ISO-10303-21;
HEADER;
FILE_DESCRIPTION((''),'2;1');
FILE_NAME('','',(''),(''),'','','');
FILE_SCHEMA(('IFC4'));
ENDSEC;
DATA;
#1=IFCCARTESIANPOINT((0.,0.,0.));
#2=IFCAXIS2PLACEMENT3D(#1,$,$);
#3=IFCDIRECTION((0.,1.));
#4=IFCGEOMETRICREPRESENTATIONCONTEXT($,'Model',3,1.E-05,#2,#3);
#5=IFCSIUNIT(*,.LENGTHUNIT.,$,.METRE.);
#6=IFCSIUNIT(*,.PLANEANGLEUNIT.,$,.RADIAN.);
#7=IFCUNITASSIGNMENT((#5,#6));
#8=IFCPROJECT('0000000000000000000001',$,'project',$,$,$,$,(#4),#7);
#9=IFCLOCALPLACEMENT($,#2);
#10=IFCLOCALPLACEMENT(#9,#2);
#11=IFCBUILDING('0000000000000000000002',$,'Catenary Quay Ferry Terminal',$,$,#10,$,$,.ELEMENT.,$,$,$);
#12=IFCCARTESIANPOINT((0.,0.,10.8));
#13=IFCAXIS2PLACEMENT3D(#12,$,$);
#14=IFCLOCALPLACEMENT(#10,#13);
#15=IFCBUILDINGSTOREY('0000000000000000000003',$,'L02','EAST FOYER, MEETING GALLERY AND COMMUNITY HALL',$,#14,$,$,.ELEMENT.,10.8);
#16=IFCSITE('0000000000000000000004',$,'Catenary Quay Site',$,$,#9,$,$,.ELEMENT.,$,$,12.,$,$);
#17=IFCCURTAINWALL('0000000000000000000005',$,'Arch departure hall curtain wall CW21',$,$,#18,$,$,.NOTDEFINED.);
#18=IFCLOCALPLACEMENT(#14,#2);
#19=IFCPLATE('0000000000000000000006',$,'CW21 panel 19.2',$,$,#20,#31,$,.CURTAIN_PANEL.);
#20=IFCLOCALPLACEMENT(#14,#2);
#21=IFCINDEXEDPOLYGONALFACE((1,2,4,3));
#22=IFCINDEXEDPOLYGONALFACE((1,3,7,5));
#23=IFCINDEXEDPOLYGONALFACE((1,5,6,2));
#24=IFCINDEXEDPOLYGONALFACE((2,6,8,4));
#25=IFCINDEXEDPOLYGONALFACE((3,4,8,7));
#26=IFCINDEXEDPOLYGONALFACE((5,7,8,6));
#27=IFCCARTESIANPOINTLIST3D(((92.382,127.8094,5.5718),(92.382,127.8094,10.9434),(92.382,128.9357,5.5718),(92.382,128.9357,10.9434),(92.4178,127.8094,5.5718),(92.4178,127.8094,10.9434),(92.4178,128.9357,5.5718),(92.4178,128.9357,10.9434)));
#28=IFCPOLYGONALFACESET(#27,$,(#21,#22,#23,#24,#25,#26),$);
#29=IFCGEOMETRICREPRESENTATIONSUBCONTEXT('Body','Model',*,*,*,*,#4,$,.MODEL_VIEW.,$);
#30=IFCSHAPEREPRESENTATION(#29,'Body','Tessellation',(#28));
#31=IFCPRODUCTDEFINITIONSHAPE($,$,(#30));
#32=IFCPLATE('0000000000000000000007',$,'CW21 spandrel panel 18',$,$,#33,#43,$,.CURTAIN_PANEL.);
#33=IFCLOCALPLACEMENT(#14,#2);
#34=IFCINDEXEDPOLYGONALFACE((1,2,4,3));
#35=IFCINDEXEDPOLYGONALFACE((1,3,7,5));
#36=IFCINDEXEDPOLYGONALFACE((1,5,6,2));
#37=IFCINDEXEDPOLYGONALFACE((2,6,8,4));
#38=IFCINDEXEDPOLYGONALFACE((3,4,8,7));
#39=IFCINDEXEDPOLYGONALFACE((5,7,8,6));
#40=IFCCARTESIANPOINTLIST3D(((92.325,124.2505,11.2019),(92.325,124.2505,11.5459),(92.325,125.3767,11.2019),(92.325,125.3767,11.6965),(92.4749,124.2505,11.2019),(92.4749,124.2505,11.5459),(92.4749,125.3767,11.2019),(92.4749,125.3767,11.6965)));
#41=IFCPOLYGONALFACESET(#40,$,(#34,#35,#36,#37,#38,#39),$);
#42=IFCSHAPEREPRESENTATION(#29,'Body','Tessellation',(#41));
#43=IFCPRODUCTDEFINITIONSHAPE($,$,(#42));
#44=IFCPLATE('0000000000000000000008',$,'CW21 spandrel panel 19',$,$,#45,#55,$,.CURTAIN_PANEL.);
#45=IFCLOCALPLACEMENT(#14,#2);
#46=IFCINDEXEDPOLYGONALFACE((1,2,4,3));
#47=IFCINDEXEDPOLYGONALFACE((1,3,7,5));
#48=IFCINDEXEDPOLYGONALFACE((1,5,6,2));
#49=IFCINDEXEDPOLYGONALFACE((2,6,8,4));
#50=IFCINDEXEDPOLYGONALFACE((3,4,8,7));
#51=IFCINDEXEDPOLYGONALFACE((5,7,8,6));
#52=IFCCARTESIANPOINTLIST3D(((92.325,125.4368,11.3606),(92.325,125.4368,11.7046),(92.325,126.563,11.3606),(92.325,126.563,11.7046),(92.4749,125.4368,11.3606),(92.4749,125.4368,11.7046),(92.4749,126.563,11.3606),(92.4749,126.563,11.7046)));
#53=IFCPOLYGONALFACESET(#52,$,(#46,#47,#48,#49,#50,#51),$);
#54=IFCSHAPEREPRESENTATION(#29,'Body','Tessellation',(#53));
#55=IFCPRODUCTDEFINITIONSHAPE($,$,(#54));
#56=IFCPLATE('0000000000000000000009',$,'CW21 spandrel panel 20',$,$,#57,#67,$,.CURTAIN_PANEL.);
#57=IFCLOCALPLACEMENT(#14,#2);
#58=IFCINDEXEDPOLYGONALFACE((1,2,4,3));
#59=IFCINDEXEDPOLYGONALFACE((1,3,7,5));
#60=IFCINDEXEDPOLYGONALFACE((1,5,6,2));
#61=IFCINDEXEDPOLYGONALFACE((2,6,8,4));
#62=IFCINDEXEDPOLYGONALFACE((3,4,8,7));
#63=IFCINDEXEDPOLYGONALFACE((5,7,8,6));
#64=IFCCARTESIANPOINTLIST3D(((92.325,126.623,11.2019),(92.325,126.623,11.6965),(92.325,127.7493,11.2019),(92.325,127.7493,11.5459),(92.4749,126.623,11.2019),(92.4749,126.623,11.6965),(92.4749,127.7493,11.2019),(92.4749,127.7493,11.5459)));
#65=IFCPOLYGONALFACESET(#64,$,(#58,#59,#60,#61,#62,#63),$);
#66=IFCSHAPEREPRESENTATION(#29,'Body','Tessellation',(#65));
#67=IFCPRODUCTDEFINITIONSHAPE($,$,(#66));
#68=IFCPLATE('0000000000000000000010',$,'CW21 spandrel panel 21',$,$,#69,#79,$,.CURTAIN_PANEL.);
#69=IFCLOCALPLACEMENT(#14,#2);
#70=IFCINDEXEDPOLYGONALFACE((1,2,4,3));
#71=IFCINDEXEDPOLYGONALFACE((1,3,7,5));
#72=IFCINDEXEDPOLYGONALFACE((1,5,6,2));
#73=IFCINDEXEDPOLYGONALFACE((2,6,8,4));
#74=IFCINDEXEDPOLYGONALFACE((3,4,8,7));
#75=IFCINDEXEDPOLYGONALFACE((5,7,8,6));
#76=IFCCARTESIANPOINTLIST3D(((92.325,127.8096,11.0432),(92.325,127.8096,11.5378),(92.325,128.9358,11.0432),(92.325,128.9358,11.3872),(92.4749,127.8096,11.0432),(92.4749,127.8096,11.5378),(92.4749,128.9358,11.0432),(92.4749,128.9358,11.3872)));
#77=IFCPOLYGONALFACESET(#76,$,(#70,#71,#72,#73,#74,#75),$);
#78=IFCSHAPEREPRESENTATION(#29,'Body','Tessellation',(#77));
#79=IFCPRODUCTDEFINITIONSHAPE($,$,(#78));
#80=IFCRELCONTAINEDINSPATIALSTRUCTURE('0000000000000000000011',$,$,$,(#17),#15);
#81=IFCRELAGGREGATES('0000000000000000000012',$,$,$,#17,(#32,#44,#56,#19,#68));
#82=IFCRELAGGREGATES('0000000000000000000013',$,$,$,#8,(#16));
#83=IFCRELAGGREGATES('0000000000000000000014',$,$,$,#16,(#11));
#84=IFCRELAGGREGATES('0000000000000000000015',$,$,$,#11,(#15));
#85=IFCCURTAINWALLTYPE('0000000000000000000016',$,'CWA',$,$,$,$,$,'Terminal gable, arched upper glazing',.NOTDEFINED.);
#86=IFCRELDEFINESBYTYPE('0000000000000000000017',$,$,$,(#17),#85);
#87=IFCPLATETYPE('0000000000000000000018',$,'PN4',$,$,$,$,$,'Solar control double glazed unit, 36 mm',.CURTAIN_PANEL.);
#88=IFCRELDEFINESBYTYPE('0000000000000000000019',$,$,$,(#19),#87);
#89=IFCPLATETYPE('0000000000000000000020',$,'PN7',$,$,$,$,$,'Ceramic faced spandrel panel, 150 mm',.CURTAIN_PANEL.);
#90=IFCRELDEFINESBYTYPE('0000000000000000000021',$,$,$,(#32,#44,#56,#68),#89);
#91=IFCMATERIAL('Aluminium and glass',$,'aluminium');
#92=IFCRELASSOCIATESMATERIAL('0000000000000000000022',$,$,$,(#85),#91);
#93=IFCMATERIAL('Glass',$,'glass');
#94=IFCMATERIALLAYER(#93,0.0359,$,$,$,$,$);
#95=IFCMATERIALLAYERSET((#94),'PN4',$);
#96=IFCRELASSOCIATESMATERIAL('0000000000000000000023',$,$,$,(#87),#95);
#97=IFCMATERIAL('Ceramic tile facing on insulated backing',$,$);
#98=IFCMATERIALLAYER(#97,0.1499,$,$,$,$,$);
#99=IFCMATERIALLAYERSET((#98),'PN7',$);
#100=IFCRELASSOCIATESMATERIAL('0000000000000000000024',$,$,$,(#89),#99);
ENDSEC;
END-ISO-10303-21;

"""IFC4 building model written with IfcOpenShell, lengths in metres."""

from ifc_helpers import new_model, si_unit, direction, frame, origin, origin_2d, place, context, subcontext, project, spatial, polyline, rectangle, outline, extrude, material, layer, layer_set, type_object, element, aggregate, save


model = new_model("IFC4")

# Units and contexts
model_context = context("Model", 3, precision=1e-05, world=origin(), true_north=direction((0.0, 1.0)))
body_context = subcontext(model_context, "Body", "Model", "MODEL_VIEW")
ifc_project = project(units=[si_unit("LENGTHUNIT", "METRE"), si_unit("PLANEANGLEUNIT", "RADIAN")], contexts=[model_context])

# Site, building, storey
site_placement = place(None, origin())
site = spatial("IfcSite", under=ifc_project, at=site_placement, Name="Catenary Quay Site", CompositionType="ELEMENT", RefElevation=12.0)
building_placement = place(site_placement, origin())
building = spatial("IfcBuilding", under=site, at=building_placement, Name="Catenary Quay Ferry Terminal", CompositionType="ELEMENT")
storey_placement = place(building_placement, frame((0.0, 0.0, 10.8)))
storey = spatial("IfcBuildingStorey", under=building, at=storey_placement, Name="L02", Description="EAST FOYER, MEETING GALLERY AND COMMUNITY HALL", CompositionType="ELEMENT", Elevation=10.8)

# Curtain wall, plates
ifc_material_1 = material(Name="Aluminium and glass", Category="aluminium")
curtain_wall_type = type_object("IfcCurtainWallType", Name="CWA", ElementType="Terminal gable, arched upper glazing", PredefinedType="NOTDEFINED", material=ifc_material_1)
curtain_wall_placement = place(storey_placement, origin())
curtain_wall = element("IfcCurtainWall", 1, at=curtain_wall_placement, inside=storey, type_object=curtain_wall_type, Name="Arch departure hall curtain wall CW21", PredefinedType="NOTDEFINED")
ifc_material_2 = material(Name="Glass", Category="glass")
ifc_layer_1 = layer(ifc_material_2, 0.0359)
ifc_layer_set_1 = layer_set([ifc_layer_1], Name="PN4")
plate_type_1 = type_object("IfcPlateType", Name="PN4", ElementType="Solar control double glazed unit, 36 mm", PredefinedType="CURTAIN_PANEL", material=ifc_layer_set_1)
plate_1_placement = place(storey_placement, frame((92.3999, 128.3726, 5.5718), z_axis=(0.0, 0.0, 1.0), x_axis=(0.0, 1.0, 0.0)))
plate_1 = element("IfcPlate", 2, at=plate_1_placement, type_object=plate_type_1, Name="CW21 panel 19.2", PredefinedType="CURTAIN_PANEL", context=body_context, shape_type="SweptSolid", body=[
    extrude(rectangle(XDim=1.1262, YDim=0.0359, at=origin_2d()), origin(), (0.0, 0.0, 1.0), 5.3716),
])
ifc_material_3 = material(Name="Ceramic tile facing on insulated backing")
ifc_layer_2 = layer(ifc_material_3, 0.1499)
ifc_layer_set_2 = layer_set([ifc_layer_2], Name="PN7")
plate_type_2 = type_object("IfcPlateType", Name="PN7", ElementType="Ceramic faced spandrel panel, 150 mm", PredefinedType="CURTAIN_PANEL", material=ifc_layer_set_2)
plate_2_placement = place(storey_placement, frame((92.3999, 124.2505, 11.2019), z_axis=(0.0, 0.0, 1.0), x_axis=(0.0, 1.0, 0.0)))
plate_2 = element("IfcPlate", 3, at=plate_2_placement, type_object=plate_type_2, Name="CW21 spandrel panel 18", PredefinedType="CURTAIN_PANEL", context=body_context, shape_type="SweptSolid", body=[
    extrude(outline(polyline([(0.0, 0.0), (1.1262, 0.0), (1.1262, 0.4946), (0.0, 0.344), (0.0, 0.0)])), frame((0.0, 0.075, 0.0), z_axis=(0.0, -1.0, 0.0), x_axis=(1.0, 0.0, 0.0)), (0.0, 0.0, 1.0), 0.1499),
])
plate_3_placement = place(storey_placement, frame((92.3999, 125.4368, 11.3606), z_axis=(0.0, 0.0, 1.0), x_axis=(0.0, 1.0, 0.0)))
plate_3 = element("IfcPlate", 4, at=plate_3_placement, type_object=plate_type_2, Name="CW21 spandrel panel 19", PredefinedType="CURTAIN_PANEL", context=body_context, shape_type="SweptSolid", body=[
    extrude(outline(polyline([(0.0, 0.0), (1.1262, 0.0), (1.1262, 0.344), (0.0, 0.344), (0.0, 0.0)])), frame((0.0, 0.075, 0.0), z_axis=(0.0, -1.0, 0.0), x_axis=(1.0, 0.0, 0.0)), (0.0, 0.0, 1.0), 0.1499),
])
plate_4_placement = place(storey_placement, frame((92.3999, 126.623, 11.2019), z_axis=(0.0, 0.0, 1.0), x_axis=(0.0, 1.0, 0.0)))
plate_4 = element("IfcPlate", 5, at=plate_4_placement, type_object=plate_type_2, Name="CW21 spandrel panel 20", PredefinedType="CURTAIN_PANEL", context=body_context, shape_type="SweptSolid", body=[
    extrude(outline(polyline([(0.0, 0.0), (1.1262, 0.0), (1.1262, 0.344), (0.0, 0.4946), (0.0, 0.0)])), frame((0.0, 0.075, 0.0), z_axis=(0.0, -1.0, 0.0), x_axis=(1.0, 0.0, 0.0)), (0.0, 0.0, 1.0), 0.1499),
])
plate_5_placement = place(storey_placement, frame((92.3999, 127.8096, 11.0432), z_axis=(0.0, 0.0, 1.0), x_axis=(0.0, 1.0, 0.0)))
plate_5 = element("IfcPlate", 6, at=plate_5_placement, type_object=plate_type_2, Name="CW21 spandrel panel 21", PredefinedType="CURTAIN_PANEL", context=body_context, shape_type="SweptSolid", body=[
    extrude(outline(polyline([(0.0, 0.0), (1.1262, 0.0), (1.1262, 0.344), (0.0, 0.4946), (0.0, 0.0)])), frame((0.0, 0.075, 0.0), z_axis=(0.0, -1.0, 0.0), x_axis=(1.0, 0.0, 0.0)), (0.0, 0.0, 1.0), 0.1499),
])
aggregate(curtain_wall, [plate_2, plate_3, plate_4, plate_1, plate_5])

save(model, "model.ifc")
